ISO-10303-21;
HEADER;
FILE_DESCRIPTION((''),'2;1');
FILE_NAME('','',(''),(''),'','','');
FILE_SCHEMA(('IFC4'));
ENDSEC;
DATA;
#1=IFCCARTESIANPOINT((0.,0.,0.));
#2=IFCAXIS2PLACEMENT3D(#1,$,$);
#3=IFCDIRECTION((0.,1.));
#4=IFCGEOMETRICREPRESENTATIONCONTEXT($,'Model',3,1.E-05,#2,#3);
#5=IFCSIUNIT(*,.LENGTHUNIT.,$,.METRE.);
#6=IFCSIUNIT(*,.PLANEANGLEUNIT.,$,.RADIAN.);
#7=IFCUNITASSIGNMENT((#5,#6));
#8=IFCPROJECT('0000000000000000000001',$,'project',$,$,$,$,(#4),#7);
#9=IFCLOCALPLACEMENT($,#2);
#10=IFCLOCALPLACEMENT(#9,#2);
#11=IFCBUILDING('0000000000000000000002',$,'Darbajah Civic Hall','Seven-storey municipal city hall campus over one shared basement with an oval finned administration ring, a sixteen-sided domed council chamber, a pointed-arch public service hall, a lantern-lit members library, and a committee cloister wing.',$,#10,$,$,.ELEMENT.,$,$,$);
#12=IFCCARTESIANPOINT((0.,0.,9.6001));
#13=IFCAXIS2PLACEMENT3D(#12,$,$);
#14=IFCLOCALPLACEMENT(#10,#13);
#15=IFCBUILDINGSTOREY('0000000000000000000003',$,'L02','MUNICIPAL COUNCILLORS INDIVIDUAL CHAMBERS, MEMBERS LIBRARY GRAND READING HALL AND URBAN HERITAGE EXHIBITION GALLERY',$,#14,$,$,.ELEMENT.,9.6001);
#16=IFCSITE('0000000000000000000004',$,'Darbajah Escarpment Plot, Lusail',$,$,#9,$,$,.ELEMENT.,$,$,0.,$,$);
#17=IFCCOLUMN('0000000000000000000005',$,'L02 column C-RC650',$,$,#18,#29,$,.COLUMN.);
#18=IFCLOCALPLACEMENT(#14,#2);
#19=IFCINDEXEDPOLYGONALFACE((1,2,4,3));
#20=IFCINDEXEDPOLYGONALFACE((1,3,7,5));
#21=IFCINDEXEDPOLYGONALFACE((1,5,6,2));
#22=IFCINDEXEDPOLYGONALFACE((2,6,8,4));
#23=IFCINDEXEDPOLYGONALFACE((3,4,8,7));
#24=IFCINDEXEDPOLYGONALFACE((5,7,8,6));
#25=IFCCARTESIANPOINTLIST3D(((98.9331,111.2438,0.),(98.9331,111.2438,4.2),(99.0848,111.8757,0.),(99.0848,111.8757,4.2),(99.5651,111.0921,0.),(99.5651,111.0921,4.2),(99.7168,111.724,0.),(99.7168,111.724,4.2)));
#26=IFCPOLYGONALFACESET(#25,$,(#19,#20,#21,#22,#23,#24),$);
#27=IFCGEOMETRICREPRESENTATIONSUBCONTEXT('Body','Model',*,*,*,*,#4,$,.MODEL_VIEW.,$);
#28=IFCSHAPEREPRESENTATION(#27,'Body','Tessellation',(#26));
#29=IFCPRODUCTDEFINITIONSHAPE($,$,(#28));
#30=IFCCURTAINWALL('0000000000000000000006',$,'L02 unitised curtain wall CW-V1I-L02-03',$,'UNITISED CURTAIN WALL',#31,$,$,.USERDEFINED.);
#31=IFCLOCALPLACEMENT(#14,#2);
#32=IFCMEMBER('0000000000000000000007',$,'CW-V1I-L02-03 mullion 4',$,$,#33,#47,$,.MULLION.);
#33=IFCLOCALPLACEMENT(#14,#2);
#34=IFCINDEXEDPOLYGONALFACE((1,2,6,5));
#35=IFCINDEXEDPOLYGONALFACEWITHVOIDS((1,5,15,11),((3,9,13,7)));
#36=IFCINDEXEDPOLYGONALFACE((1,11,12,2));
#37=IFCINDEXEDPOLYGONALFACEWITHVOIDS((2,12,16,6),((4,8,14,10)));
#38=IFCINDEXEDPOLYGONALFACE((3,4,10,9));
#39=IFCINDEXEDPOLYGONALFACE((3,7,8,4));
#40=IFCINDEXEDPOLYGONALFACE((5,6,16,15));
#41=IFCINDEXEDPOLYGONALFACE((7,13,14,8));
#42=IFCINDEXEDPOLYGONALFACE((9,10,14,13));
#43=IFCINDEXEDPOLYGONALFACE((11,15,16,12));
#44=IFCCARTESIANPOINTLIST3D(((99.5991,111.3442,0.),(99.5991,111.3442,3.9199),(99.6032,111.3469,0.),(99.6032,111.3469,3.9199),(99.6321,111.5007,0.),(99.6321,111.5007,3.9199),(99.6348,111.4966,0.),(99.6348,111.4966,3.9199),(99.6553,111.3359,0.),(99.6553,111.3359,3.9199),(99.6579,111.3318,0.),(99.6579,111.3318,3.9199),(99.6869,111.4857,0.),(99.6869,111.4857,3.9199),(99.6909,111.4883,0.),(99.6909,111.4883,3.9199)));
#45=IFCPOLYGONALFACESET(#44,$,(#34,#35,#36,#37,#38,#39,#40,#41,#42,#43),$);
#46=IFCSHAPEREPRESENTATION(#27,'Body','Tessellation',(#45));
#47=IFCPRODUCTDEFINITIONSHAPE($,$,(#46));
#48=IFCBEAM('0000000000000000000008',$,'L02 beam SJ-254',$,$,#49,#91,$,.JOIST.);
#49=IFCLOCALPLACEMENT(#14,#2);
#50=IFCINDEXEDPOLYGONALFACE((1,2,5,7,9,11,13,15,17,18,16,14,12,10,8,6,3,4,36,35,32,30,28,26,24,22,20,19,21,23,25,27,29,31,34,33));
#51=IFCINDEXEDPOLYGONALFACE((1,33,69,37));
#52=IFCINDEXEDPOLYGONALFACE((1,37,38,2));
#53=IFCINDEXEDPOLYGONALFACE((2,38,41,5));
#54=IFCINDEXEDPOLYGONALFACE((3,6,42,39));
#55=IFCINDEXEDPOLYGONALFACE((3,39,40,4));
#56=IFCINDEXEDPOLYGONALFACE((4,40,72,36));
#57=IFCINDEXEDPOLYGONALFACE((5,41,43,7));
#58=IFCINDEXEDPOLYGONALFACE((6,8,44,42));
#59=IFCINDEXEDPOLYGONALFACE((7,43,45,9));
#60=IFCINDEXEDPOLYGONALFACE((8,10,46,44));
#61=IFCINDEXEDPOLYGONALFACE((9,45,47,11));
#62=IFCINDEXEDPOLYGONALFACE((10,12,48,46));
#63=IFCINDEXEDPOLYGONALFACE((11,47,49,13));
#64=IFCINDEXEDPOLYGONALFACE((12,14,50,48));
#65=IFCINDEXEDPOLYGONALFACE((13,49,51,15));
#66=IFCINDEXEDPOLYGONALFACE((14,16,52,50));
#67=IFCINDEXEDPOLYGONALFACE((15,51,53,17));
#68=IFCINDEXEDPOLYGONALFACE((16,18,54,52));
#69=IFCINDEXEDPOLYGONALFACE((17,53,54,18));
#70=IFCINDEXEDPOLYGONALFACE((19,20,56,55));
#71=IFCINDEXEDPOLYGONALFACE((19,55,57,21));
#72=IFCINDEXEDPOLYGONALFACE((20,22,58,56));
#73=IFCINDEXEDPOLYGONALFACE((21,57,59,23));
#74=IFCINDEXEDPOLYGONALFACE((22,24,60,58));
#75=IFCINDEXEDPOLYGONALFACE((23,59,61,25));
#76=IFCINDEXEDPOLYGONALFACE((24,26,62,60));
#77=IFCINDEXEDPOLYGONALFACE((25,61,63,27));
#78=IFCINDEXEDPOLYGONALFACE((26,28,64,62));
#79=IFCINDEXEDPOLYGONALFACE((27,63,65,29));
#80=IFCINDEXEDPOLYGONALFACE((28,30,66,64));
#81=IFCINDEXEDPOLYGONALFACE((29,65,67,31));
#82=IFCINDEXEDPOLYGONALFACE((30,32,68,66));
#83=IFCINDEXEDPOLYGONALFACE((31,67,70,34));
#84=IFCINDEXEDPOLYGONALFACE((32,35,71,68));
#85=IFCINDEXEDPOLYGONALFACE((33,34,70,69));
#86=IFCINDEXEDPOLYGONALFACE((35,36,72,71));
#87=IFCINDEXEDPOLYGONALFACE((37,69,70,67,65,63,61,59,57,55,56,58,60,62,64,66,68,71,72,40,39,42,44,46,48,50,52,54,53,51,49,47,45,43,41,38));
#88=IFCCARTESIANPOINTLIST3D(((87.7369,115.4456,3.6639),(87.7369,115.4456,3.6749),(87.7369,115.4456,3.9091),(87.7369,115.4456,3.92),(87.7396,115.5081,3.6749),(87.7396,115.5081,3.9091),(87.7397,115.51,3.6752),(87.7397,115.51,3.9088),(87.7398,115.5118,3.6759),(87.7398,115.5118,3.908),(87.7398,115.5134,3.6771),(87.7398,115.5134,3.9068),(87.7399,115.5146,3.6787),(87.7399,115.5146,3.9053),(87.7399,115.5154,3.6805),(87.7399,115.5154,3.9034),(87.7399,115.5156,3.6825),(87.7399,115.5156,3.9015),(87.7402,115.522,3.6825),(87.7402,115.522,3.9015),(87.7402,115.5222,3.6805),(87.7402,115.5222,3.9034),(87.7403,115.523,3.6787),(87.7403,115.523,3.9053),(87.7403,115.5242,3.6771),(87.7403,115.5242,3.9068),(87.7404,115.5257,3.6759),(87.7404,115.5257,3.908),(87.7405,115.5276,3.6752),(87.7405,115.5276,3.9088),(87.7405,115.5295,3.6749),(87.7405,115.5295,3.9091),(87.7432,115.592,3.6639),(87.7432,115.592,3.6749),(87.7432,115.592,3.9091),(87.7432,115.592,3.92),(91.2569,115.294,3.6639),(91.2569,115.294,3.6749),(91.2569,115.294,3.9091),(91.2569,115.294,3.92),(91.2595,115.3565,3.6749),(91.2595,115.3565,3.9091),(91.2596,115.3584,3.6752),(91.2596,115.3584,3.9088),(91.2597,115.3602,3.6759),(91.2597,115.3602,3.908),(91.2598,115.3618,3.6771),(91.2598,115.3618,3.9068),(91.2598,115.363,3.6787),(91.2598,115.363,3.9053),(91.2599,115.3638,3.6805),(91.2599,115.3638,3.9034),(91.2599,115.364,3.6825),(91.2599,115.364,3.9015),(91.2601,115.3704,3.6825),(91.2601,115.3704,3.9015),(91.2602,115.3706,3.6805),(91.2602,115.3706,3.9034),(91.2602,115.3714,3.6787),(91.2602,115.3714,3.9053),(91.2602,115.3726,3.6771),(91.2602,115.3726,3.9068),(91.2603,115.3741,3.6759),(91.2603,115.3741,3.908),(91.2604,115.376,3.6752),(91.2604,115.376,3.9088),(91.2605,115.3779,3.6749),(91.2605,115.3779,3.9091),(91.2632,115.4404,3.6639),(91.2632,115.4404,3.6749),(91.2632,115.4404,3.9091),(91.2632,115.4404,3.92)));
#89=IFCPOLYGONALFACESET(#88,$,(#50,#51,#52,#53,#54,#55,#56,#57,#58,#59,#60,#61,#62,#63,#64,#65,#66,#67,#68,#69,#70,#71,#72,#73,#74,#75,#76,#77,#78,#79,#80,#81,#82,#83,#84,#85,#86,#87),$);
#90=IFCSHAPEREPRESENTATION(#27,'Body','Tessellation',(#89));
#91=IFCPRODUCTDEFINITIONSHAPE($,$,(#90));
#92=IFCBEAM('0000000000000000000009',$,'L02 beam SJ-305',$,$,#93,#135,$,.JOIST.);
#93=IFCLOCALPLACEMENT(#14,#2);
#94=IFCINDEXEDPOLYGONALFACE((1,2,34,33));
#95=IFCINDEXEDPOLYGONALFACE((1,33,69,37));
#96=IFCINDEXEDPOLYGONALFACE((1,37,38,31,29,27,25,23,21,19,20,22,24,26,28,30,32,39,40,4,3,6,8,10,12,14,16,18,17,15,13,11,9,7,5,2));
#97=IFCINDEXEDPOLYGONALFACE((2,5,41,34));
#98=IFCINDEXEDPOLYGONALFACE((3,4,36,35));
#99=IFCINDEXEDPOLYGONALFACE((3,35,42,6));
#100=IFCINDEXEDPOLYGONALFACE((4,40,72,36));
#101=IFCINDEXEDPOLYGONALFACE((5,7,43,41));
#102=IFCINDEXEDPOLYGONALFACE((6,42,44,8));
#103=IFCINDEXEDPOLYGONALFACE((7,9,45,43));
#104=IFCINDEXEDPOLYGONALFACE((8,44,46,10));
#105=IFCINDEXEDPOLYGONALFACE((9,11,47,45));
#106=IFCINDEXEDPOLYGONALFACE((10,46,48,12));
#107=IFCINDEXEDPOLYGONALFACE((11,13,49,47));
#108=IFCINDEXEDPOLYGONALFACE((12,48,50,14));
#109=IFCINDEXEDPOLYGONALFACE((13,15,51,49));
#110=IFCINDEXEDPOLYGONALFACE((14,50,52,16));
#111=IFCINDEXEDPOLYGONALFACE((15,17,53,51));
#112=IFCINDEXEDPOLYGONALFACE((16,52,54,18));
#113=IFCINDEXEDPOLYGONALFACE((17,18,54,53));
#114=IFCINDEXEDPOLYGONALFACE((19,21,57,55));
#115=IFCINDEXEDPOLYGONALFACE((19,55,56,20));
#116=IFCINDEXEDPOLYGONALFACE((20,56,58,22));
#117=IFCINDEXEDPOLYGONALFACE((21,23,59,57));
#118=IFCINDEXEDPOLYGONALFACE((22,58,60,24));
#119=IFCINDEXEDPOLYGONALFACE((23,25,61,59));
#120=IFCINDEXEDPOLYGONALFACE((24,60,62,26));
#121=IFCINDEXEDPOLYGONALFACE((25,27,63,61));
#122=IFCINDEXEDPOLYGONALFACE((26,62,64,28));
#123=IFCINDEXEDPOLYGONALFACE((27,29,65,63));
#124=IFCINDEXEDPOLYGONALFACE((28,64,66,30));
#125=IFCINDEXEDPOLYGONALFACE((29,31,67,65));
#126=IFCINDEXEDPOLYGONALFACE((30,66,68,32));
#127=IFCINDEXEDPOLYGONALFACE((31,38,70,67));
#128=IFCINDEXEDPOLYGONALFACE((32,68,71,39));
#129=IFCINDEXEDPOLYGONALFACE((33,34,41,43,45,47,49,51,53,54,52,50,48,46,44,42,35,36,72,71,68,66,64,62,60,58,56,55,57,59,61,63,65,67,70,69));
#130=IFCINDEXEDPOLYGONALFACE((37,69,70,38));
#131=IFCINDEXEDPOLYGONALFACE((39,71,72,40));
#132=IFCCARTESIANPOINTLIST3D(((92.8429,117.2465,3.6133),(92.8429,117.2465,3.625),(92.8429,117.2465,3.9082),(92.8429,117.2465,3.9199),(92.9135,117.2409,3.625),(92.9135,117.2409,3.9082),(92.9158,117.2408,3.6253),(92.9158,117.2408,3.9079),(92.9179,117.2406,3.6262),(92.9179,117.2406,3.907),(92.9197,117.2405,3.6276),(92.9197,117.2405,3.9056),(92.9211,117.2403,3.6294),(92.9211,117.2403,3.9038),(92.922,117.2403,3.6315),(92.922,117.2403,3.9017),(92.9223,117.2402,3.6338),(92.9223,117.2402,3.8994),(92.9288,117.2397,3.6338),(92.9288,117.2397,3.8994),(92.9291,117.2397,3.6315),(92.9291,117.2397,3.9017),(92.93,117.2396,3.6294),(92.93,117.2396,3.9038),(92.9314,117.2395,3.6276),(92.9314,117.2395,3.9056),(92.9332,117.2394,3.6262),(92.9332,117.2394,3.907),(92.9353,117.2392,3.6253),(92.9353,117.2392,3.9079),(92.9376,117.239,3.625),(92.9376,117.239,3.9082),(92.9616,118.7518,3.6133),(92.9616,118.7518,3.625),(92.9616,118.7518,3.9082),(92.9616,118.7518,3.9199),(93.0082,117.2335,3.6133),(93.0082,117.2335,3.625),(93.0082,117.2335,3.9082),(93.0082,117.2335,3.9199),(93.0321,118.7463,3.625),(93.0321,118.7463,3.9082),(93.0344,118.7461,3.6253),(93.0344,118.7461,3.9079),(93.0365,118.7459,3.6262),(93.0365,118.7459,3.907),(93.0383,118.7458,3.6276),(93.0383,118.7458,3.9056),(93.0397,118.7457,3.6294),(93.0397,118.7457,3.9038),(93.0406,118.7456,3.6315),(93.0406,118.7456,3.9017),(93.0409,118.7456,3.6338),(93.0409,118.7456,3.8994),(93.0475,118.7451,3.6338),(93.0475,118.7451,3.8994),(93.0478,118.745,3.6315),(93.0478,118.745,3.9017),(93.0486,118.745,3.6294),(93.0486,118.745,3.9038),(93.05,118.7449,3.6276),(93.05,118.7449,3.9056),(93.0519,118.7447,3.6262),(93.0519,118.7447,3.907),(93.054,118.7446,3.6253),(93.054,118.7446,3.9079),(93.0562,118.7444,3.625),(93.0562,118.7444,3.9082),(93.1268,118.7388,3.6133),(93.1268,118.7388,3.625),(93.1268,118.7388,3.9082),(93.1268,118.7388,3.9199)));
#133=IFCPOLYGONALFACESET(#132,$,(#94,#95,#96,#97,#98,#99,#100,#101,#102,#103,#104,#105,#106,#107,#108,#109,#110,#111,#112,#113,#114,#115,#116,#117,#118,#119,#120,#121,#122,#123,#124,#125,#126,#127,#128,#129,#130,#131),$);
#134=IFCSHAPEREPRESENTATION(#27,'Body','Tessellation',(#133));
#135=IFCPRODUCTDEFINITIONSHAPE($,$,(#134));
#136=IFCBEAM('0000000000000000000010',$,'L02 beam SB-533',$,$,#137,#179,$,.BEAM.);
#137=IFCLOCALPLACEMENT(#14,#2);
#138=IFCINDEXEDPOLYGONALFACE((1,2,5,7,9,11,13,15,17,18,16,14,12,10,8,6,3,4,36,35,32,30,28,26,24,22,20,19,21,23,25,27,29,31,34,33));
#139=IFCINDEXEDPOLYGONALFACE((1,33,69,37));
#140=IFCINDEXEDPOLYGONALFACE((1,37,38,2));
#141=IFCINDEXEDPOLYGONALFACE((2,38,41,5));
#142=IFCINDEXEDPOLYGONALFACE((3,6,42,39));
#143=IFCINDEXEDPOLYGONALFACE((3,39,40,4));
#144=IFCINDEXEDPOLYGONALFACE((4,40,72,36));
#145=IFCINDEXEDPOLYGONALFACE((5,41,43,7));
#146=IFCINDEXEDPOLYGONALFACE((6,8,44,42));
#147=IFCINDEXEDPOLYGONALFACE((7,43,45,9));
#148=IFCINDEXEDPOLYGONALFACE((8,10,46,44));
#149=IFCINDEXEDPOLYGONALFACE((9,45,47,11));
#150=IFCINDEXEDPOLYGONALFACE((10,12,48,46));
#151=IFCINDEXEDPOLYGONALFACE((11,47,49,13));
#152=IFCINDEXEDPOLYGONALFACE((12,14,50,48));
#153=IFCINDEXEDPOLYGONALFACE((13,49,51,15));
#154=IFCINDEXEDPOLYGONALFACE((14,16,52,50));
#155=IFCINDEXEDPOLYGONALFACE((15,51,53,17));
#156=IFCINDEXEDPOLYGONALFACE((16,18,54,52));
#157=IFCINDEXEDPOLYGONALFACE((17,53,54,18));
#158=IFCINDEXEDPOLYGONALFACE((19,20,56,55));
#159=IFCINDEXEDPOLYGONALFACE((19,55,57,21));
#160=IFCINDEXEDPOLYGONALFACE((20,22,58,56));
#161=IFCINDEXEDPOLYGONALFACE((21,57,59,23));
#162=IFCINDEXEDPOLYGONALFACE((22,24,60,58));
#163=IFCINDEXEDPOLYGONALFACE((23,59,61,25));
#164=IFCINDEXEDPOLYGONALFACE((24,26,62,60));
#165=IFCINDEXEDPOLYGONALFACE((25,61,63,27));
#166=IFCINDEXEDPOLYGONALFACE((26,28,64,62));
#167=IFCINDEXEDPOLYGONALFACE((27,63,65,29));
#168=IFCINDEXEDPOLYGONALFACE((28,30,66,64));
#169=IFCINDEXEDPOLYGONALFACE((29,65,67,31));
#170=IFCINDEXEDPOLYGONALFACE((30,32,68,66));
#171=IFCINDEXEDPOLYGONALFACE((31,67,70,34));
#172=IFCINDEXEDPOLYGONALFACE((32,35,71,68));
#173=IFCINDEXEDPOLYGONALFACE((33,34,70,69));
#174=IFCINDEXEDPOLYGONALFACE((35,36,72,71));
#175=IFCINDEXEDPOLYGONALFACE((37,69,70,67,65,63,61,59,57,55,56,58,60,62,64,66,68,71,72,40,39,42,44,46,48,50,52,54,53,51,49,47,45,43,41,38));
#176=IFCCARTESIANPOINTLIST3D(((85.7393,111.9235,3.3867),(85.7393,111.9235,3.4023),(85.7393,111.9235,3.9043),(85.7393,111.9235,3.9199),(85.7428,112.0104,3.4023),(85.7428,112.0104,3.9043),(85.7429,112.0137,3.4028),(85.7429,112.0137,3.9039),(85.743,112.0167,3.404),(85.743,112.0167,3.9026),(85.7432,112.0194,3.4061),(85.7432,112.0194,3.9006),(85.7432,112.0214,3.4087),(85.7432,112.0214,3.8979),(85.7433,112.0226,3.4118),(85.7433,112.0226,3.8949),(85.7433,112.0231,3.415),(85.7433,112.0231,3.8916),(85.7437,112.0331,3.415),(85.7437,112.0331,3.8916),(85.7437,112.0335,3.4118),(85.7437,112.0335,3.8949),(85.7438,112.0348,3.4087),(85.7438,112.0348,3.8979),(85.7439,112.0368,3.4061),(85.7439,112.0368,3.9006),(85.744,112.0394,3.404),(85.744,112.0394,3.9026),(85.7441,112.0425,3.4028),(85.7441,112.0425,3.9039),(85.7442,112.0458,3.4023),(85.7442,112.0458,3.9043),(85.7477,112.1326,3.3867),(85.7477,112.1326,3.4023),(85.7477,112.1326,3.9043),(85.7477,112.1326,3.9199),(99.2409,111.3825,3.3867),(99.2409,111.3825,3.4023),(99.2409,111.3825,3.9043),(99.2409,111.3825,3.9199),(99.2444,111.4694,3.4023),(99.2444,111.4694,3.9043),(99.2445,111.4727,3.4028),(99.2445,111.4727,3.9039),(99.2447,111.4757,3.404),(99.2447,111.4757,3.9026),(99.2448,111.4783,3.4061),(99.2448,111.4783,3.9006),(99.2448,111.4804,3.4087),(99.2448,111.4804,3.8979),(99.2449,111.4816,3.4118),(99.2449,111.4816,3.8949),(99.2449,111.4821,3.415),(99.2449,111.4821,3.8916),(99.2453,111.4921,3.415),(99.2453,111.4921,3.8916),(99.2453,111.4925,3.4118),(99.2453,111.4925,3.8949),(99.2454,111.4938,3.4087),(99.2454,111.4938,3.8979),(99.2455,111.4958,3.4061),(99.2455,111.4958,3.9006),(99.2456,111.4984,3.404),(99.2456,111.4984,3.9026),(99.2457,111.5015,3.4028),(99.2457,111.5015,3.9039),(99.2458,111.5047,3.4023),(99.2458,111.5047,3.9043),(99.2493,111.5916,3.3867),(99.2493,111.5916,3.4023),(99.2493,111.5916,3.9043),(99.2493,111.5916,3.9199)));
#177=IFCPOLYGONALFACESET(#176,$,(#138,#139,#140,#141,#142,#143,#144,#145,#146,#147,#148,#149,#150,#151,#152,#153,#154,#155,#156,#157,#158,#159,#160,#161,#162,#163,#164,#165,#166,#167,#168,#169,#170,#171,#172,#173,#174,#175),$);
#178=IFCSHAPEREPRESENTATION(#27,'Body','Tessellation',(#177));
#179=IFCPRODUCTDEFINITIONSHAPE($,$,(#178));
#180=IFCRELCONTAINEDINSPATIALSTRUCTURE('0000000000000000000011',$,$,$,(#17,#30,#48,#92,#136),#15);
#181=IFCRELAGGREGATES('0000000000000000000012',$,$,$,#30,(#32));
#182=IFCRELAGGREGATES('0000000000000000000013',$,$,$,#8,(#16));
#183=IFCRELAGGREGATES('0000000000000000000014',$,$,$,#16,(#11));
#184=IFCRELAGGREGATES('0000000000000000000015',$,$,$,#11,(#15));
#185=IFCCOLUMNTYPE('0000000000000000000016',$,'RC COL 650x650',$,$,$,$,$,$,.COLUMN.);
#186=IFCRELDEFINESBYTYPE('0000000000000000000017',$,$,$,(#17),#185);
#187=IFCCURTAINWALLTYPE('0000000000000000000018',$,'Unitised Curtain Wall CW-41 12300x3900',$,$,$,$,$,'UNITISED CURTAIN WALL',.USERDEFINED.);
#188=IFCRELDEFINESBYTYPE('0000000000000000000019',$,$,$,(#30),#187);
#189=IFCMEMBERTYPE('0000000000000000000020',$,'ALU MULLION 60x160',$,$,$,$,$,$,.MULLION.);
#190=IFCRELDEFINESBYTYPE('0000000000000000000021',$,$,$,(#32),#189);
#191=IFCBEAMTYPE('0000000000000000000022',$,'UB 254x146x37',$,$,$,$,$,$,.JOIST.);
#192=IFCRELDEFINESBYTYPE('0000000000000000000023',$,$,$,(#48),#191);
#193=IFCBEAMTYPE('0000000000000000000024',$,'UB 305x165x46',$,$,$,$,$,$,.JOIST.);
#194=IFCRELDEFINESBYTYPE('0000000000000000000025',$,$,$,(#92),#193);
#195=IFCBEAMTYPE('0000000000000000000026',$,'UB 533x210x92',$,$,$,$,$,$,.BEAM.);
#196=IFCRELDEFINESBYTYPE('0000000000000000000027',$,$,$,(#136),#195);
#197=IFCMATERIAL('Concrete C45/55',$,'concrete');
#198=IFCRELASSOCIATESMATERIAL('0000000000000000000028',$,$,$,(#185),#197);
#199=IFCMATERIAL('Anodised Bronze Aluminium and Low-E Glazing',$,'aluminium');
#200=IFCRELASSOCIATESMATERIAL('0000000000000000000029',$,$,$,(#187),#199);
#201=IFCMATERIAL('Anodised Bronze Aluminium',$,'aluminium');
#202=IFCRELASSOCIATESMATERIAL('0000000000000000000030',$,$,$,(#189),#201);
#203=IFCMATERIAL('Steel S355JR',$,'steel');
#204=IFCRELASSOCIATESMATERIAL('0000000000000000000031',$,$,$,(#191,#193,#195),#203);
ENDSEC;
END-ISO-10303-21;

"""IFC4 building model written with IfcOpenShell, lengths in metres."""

from ifc_helpers import new_model, si_unit, direction, frame, origin, origin_2d, place, context, subcontext, project, spatial, rectangle, hollow_rectangle, i_section, extrude, material, material_profile, profile_set, type_object, element, aggregate, save


model = new_model("IFC4")

# Units and contexts
model_context = context("Model", 3, precision=1e-05, world=origin(), true_north=direction((0.0, 1.0)))
body_context = subcontext(model_context, "Body", "Model", "MODEL_VIEW")
ifc_project = project(units=[si_unit("LENGTHUNIT", "METRE"), si_unit("PLANEANGLEUNIT", "RADIAN")], contexts=[model_context])

# Site, building, storey
site_placement = place(None, origin())
site = spatial("IfcSite", under=ifc_project, at=site_placement, Name="Darbajah Escarpment Plot, Lusail", CompositionType="ELEMENT", RefElevation=0.0)
building_placement = place(site_placement, origin())
building = spatial("IfcBuilding", under=site, at=building_placement, Name="Darbajah Civic Hall", Description="Seven-storey municipal city hall campus over one shared basement with an oval finned administration ring, a sixteen-sided domed council chamber, a pointed-arch public service hall, a lantern-lit members library, and a committee cloister wing.", CompositionType="ELEMENT")
storey_placement = place(building_placement, frame((0.0, 0.0, 9.6001)))
storey = spatial("IfcBuildingStorey", under=building, at=storey_placement, Name="L02", Description="MUNICIPAL COUNCILLORS INDIVIDUAL CHAMBERS, MEMBERS LIBRARY GRAND READING HALL AND URBAN HERITAGE EXHIBITION GALLERY", CompositionType="ELEMENT", Elevation=9.6001)

# Column
ifc_material_1 = material(Name="Concrete C45/55", Category="concrete")
ifc_material_profile_1 = material_profile(ifc_material_1, rectangle(XDim=0.6499, YDim=0.6499, at=origin_2d()), Name="RC COL 650x650")
ifc_profile_set_1 = profile_set([ifc_material_profile_1], Name="Concrete C45/55")
column_type = type_object("IfcColumnType", Name="RC COL 650x650", PredefinedType="COLUMN", material=ifc_profile_set_1)
column_placement = place(storey_placement, frame((99.325, 111.4839, 0.0), z_axis=(0.0, 0.0, 1.0), x_axis=(0.233445, 0.97237, 0.0)))
element("IfcColumn", 1, at=column_placement, inside=storey, type_object=column_type, Name="L02 column C-RC650", PredefinedType="COLUMN", context=body_context, shape_type="SweptSolid", body=[
    extrude(rectangle(XDim=0.6499, YDim=0.6499, at=origin_2d()), origin(), (0.0, 0.0, 1.0), 4.2),
])

# Curtain wall, member
ifc_material_2 = material(Name="Anodised Bronze Aluminium and Low-E Glazing", Category="aluminium")
curtain_wall_type = type_object("IfcCurtainWallType", Name="Unitised Curtain Wall CW-41 12300x3900", ElementType="UNITISED CURTAIN WALL", PredefinedType="USERDEFINED", material=ifc_material_2)
curtain_wall_placement = place(storey_placement, origin())
curtain_wall = element("IfcCurtainWall", 2, at=curtain_wall_placement, inside=storey, type_object=curtain_wall_type, Name="L02 unitised curtain wall CW-V1I-L02-03", ObjectType="UNITISED CURTAIN WALL", PredefinedType="USERDEFINED")
ifc_material_3 = material(Name="Anodised Bronze Aluminium", Category="aluminium")
ifc_material_profile_2 = material_profile(ifc_material_3, hollow_rectangle(XDim=0.0601, YDim=0.1599, WallThickness=0.0034, at=origin_2d()), Name="ALU MULLION 60x160")
ifc_profile_set_2 = profile_set([ifc_material_profile_2], Name="Anodised Bronze Aluminium")
member_type = type_object("IfcMemberType", Name="ALU MULLION 60x160", PredefinedType="MULLION", material=ifc_profile_set_2)
member_placement = place(storey_placement, frame((99.645, 111.4163, 0.0), z_axis=(0.0, 0.0, 1.0), x_axis=(-0.978473, 0.206375, 0.0)))
member = element("IfcMember", 3, at=member_placement, type_object=member_type, Name="CW-V1I-L02-03 mullion 4", PredefinedType="MULLION", context=body_context, shape_type="SweptSolid", body=[
    extrude(hollow_rectangle(XDim=0.0601, YDim=0.1599, WallThickness=0.0034, at=origin_2d()), origin(), (0.0, 0.0, 1.0), 3.9199),
])
aggregate(curtain_wall, [member])

# Beams
ifc_material_4 = material(Name="Steel S355JR", Category="steel")
ifc_material_profile_3 = material_profile(ifc_material_4, i_section(OverallWidth=0.1465, OverallDepth=0.2561, WebThickness=0.0063, FlangeThickness=0.011, FilletRadius=0.0076, at=origin_2d()), Name="UB 254x146x37")
ifc_profile_set_3 = profile_set([ifc_material_profile_3], Name="Steel S355JR")
beam_type_1 = type_object("IfcBeamType", Name="UB 254x146x37", PredefinedType="JOIST", material=ifc_profile_set_3)
beam_1_placement = place(storey_placement, frame((91.26, 115.3672, 3.792), z_axis=(-0.999074, 0.043031, 0.0), x_axis=(-0.043031, -0.999074, 0.0)))
element("IfcBeam", 4, at=beam_1_placement, inside=storey, type_object=beam_type_1, Name="L02 beam SJ-254", PredefinedType="JOIST", context=body_context, shape_type="SweptSolid", body=[
    extrude(i_section(OverallWidth=0.1465, OverallDepth=0.2561, WebThickness=0.0063, FlangeThickness=0.011, FilletRadius=0.0076, at=origin_2d()), origin(), (0.0, 0.0, 1.0), 3.5232),
])
ifc_material_profile_4 = material_profile(ifc_material_4, i_section(OverallWidth=0.1658, OverallDepth=0.3066, WebThickness=0.0066, FlangeThickness=0.0117, FilletRadius=0.0088, at=origin_2d()), Name="UB 305x165x46")
ifc_profile_set_4 = profile_set([ifc_material_profile_4], Name="Steel S355JR")
beam_type_2 = type_object("IfcBeamType", Name="UB 305x165x46", PredefinedType="JOIST", material=ifc_profile_set_4)
beam_2_placement = place(storey_placement, frame((92.9255, 117.24, 3.7666), z_axis=(0.078576, 0.996908, 0.0), x_axis=(-0.996908, 0.078576, 0.0)))
element("IfcBeam", 5, at=beam_2_placement, inside=storey, type_object=beam_type_2, Name="L02 beam SJ-305", PredefinedType="JOIST", context=body_context, shape_type="SweptSolid", body=[
    extrude(i_section(OverallWidth=0.1658, OverallDepth=0.3066, WebThickness=0.0066, FlangeThickness=0.0117, FilletRadius=0.0088, at=origin_2d()), origin(), (0.0, 0.0, 1.0), 1.51),
])
ifc_material_profile_5 = material_profile(ifc_material_4, i_section(OverallWidth=0.2092, OverallDepth=0.5332, WebThickness=0.01, FlangeThickness=0.0156, FilletRadius=0.0127, at=origin_2d()), Name="UB 533x210x92")
ifc_profile_set_5 = profile_set([ifc_material_profile_5], Name="Steel S355JR")
beam_type_3 = type_object("IfcBeamType", Name="UB 533x210x92", PredefinedType="BEAM", material=ifc_profile_set_5)
beam_3_placement = place(storey_placement, frame((99.2451, 111.4871, 3.6533), z_axis=(-0.999198, 0.040038, 0.0), x_axis=(-0.040038, -0.999198, 0.0)))
element("IfcBeam", 6, at=beam_3_placement, inside=storey, type_object=beam_type_3, Name="L02 beam SB-533", PredefinedType="BEAM", context=body_context, shape_type="SweptSolid", body=[
    extrude(i_section(OverallWidth=0.2092, OverallDepth=0.5332, WebThickness=0.01, FlangeThickness=0.0156, FilletRadius=0.0127, at=origin_2d()), origin(), (0.0, 0.0, 1.0), 13.5125),
])

save(model, "model.ifc")
